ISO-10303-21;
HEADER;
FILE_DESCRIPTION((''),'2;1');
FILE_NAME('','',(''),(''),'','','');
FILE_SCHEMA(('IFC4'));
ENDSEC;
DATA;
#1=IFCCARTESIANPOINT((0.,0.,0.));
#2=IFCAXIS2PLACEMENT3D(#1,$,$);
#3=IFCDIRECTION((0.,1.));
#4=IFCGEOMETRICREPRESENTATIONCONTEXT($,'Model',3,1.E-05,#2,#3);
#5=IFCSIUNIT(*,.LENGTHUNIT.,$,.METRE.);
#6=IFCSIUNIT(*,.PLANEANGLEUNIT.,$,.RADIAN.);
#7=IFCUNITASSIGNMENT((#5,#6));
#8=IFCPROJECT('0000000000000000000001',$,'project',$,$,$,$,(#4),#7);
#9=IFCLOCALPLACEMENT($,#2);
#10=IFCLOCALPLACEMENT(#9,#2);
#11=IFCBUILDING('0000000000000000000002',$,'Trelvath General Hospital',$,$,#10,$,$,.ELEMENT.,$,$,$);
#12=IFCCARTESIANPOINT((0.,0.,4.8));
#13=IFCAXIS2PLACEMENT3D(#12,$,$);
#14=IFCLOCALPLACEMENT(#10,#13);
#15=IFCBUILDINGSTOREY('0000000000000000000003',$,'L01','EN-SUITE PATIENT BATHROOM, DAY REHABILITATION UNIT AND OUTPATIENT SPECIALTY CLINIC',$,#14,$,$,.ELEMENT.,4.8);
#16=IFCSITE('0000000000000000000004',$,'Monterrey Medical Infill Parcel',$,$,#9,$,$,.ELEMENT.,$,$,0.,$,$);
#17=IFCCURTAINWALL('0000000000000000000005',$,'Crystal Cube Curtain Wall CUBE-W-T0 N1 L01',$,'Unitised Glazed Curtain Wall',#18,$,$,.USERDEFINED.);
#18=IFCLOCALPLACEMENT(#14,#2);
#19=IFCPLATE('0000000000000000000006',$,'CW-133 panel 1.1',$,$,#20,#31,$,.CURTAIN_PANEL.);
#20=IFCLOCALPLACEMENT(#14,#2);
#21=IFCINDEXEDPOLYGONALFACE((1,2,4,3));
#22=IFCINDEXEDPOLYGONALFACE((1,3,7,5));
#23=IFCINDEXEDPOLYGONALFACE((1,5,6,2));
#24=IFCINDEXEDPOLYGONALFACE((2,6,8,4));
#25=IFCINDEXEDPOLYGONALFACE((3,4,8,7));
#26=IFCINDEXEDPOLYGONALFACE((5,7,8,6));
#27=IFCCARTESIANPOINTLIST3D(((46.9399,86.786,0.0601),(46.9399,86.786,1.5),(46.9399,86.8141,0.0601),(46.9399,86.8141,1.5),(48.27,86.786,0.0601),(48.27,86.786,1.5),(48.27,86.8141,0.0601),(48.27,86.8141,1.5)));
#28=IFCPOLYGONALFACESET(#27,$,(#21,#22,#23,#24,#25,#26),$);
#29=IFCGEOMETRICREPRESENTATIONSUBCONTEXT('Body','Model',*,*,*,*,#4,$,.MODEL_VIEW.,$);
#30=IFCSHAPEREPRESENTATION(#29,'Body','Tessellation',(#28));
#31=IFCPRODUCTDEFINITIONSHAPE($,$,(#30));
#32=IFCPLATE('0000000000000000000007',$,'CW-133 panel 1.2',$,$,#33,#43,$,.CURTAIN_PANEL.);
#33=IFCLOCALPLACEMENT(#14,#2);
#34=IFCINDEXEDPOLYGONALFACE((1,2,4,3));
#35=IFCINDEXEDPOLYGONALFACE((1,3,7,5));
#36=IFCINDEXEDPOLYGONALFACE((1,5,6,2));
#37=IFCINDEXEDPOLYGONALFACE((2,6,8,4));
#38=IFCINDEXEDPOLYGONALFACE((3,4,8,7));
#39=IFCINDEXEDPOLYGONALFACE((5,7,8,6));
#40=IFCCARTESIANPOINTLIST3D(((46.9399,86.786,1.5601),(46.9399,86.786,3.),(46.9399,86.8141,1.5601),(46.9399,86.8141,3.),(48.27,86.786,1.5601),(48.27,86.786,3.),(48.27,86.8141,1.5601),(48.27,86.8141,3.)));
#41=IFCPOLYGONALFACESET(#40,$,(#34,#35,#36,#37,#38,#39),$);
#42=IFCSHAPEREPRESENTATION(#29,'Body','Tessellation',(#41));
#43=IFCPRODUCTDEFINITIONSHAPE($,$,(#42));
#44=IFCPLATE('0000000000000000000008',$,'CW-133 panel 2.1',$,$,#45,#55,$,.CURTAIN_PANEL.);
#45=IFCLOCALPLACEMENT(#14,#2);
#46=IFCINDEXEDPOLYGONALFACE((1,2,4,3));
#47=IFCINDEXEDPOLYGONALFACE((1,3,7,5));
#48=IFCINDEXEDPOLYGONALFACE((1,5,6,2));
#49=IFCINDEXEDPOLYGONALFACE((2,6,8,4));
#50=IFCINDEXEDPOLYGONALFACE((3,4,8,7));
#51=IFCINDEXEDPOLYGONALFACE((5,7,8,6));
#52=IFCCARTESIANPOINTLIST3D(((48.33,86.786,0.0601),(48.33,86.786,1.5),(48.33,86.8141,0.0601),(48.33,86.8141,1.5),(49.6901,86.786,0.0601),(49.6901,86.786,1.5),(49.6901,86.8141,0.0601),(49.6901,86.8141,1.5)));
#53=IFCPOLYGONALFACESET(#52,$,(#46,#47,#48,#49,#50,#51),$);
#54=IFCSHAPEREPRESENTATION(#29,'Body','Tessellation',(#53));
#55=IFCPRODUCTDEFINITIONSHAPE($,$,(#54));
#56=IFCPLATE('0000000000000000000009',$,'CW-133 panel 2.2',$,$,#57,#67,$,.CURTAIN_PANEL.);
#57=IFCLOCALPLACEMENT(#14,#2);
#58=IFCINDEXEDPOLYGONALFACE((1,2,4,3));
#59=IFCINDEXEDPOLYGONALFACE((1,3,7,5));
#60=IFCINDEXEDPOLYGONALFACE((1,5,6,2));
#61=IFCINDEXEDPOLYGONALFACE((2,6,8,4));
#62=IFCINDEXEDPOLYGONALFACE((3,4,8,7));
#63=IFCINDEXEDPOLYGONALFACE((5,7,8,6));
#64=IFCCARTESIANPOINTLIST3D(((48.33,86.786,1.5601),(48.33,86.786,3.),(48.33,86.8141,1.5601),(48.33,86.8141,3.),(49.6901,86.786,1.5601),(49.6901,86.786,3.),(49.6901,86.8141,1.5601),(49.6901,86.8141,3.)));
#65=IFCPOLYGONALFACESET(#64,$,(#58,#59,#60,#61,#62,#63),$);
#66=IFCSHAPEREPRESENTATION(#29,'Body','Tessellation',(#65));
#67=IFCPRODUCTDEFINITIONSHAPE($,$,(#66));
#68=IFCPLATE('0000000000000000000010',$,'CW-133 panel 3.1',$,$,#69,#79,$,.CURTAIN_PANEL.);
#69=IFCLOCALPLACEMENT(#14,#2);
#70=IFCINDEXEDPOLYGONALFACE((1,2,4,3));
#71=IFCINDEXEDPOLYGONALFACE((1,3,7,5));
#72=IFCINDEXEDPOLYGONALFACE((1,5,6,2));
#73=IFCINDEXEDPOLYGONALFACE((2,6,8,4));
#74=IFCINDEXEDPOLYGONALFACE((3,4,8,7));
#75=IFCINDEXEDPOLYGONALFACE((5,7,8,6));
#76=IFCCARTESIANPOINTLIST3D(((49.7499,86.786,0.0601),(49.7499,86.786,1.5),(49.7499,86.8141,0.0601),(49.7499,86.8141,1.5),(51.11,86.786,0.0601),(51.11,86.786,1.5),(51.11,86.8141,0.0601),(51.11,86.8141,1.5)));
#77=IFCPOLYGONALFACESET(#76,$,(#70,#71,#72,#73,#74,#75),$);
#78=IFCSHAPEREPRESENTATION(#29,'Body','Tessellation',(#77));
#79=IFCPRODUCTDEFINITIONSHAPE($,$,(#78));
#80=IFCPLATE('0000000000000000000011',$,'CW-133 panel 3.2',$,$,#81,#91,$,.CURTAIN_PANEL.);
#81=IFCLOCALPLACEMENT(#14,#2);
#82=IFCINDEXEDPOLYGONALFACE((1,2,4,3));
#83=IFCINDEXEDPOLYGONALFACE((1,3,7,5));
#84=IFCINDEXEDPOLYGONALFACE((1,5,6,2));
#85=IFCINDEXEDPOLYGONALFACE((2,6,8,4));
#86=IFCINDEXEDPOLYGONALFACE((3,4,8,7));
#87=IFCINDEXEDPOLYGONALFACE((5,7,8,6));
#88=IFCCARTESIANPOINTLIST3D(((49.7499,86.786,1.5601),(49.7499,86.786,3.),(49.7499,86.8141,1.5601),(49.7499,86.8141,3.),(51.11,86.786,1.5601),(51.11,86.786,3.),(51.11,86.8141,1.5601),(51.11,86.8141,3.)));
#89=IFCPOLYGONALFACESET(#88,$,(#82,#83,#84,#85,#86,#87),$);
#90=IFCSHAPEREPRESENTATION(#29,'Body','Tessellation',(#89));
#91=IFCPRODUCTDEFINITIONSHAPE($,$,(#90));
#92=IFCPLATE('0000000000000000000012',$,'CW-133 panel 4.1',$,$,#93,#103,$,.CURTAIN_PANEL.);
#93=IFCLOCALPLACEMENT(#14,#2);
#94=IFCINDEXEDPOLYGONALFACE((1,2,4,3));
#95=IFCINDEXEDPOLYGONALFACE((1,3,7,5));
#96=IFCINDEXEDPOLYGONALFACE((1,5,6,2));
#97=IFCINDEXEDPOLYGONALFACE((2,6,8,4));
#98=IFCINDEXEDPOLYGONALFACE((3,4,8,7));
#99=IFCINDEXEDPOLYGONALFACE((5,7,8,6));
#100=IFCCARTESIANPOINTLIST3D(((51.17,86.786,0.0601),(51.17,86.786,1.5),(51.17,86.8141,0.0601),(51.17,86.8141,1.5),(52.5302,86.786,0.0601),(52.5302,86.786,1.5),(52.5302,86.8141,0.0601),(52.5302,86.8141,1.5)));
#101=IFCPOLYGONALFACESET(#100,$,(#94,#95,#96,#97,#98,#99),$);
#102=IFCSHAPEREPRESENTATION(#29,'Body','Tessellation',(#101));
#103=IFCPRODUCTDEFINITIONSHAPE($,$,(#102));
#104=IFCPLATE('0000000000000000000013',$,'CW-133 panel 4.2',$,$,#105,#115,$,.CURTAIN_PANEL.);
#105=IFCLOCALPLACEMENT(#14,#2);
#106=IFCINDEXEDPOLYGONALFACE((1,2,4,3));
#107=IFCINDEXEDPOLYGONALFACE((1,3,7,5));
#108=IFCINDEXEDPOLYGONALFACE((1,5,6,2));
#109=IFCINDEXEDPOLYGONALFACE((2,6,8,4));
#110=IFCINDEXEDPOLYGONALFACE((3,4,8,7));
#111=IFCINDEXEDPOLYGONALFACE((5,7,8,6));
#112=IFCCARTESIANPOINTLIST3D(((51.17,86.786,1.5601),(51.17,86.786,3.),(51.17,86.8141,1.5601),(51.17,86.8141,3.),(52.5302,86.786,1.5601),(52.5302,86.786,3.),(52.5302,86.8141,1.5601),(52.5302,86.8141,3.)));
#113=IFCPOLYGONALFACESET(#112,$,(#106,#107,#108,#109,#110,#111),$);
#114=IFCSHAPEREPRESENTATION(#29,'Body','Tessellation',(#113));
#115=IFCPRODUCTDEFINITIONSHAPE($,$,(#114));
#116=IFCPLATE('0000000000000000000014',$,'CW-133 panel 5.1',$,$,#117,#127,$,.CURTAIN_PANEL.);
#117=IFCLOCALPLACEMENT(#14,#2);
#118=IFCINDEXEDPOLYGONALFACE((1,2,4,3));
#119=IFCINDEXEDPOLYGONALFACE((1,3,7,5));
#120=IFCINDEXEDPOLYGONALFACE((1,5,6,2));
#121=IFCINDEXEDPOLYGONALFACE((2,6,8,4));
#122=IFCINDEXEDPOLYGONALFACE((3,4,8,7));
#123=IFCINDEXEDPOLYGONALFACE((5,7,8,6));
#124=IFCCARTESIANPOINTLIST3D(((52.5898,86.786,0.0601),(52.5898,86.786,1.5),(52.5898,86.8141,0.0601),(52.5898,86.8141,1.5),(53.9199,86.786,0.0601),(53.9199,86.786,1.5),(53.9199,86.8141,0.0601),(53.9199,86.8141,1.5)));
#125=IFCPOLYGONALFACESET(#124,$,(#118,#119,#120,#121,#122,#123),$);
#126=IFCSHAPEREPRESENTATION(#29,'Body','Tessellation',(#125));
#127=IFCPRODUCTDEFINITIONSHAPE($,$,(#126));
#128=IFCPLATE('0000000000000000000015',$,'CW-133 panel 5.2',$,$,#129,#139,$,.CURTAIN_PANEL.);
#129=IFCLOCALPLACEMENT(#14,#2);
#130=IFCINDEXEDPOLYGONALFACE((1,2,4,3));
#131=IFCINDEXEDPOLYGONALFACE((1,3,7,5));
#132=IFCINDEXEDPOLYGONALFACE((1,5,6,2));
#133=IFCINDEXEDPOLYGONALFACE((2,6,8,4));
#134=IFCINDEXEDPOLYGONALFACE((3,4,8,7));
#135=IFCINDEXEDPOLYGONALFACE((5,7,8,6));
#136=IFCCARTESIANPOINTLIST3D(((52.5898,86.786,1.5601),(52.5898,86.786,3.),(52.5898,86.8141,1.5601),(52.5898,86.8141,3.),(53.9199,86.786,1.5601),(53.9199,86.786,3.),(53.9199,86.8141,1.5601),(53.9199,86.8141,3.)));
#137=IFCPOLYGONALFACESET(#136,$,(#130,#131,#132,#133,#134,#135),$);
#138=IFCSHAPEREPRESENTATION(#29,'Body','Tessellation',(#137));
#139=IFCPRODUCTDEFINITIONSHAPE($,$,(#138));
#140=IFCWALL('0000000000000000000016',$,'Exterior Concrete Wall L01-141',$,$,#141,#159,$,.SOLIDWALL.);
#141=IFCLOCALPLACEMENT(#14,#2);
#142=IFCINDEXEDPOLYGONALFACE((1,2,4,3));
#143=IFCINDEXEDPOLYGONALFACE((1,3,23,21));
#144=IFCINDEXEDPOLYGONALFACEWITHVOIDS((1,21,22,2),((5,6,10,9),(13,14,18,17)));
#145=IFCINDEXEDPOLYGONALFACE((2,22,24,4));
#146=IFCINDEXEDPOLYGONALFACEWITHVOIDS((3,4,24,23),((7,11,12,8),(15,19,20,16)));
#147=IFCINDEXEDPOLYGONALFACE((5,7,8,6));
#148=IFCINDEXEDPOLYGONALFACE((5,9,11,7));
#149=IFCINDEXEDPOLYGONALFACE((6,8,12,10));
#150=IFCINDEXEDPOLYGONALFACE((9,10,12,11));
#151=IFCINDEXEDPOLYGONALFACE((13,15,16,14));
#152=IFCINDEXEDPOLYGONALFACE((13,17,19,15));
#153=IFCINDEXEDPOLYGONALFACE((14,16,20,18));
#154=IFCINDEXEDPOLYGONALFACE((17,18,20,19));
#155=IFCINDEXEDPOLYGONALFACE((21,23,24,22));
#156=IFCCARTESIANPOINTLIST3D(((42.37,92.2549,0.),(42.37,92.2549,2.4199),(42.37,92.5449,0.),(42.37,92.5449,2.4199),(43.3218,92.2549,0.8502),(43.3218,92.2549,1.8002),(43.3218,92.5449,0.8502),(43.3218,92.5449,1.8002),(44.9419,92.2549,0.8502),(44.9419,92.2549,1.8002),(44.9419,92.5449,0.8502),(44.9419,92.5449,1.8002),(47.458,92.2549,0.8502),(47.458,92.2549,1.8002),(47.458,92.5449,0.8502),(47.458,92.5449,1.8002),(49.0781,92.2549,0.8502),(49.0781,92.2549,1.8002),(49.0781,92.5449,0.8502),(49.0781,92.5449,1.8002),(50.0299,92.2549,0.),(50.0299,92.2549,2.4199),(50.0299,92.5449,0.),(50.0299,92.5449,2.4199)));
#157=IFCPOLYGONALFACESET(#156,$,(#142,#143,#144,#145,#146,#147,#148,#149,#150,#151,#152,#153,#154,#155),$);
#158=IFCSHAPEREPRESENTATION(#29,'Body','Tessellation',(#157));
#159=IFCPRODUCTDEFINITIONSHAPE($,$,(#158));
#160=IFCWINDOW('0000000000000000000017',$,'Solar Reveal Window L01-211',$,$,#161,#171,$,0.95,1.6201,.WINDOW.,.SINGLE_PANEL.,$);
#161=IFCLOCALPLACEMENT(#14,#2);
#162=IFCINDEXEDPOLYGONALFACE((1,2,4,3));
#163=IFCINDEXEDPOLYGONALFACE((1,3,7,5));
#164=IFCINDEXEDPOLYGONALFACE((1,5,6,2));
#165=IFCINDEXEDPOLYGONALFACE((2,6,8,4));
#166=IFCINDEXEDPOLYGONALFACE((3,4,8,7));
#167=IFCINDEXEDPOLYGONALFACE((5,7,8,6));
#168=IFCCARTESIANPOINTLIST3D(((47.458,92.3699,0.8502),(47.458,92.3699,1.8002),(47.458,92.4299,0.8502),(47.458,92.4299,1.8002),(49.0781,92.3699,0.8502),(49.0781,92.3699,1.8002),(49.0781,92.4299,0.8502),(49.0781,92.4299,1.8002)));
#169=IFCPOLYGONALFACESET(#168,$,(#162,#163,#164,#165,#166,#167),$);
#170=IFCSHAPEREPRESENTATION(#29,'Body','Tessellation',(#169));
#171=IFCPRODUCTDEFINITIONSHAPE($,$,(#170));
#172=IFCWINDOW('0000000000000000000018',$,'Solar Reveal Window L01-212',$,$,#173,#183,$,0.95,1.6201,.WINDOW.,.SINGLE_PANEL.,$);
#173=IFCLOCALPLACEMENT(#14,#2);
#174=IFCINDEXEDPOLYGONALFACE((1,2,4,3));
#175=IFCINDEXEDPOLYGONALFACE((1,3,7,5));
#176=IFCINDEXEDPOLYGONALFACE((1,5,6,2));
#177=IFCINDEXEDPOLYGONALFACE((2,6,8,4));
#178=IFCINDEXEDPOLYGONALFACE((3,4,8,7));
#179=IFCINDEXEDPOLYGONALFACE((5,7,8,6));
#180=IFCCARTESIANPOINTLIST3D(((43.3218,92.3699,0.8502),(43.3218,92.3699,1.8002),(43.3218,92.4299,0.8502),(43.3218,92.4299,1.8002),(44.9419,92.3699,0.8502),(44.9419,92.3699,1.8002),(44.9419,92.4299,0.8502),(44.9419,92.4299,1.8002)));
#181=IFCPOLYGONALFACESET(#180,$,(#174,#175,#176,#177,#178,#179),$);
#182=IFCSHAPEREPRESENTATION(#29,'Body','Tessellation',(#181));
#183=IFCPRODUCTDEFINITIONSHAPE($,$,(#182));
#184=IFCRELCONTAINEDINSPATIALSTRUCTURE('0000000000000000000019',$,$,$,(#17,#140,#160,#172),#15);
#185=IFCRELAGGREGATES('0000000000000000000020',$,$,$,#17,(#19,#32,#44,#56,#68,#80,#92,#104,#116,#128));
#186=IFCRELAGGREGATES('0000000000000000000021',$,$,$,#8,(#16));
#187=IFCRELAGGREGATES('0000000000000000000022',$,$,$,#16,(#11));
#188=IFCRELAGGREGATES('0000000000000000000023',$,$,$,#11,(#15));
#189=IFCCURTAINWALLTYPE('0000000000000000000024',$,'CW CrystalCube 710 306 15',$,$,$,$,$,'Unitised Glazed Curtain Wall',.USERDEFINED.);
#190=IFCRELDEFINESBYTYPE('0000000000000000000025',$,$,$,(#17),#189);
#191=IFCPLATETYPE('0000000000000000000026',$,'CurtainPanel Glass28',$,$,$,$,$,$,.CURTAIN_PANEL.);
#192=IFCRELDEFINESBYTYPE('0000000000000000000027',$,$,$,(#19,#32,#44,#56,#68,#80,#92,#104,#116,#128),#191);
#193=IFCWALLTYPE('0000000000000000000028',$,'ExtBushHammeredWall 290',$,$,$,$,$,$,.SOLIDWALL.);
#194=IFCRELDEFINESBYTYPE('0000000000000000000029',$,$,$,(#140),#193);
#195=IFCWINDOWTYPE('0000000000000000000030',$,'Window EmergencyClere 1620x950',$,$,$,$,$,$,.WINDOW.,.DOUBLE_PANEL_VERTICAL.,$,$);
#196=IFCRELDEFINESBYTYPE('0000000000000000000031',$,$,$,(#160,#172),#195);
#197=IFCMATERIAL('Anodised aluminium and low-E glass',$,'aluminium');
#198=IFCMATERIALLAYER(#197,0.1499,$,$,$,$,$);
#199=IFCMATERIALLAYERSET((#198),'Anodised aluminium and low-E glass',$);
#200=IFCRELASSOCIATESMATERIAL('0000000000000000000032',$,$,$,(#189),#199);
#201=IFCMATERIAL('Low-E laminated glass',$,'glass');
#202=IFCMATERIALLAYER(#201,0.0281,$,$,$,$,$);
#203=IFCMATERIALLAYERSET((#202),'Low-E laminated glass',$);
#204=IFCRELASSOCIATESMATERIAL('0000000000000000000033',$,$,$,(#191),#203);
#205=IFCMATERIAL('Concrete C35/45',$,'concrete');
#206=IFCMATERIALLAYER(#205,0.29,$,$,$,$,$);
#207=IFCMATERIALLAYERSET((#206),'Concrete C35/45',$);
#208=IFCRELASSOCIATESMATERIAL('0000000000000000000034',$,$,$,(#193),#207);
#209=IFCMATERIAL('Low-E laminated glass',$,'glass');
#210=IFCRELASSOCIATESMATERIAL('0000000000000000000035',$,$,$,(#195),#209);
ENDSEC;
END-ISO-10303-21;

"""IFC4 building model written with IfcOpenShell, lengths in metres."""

from ifc_helpers import new_model, si_unit, direction, frame, frame_2d, origin, origin_2d, place, context, subcontext, project, spatial, rectangle, extrude, material, layer, layer_set, type_object, element, fill, aggregate, save


model = new_model("IFC4")

# Units and contexts
model_context = context("Model", 3, precision=1e-05, world=origin(), true_north=direction((0.0, 1.0)))
body_context = subcontext(model_context, "Body", "Model", "MODEL_VIEW")
ifc_project = project(units=[si_unit("LENGTHUNIT", "METRE"), si_unit("PLANEANGLEUNIT", "RADIAN")], contexts=[model_context])

# Site, building, storey
site_placement = place(None, origin())
site = spatial("IfcSite", under=ifc_project, at=site_placement, Name="Monterrey Medical Infill Parcel", CompositionType="ELEMENT", RefElevation=0.0)
building_placement = place(site_placement, origin())
building = spatial("IfcBuilding", under=site, at=building_placement, Name="Trelvath General Hospital", CompositionType="ELEMENT")
storey_placement = place(building_placement, frame((0.0, 0.0, 4.8)))
storey = spatial("IfcBuildingStorey", under=building, at=storey_placement, Name="L01", Description="EN-SUITE PATIENT BATHROOM, DAY REHABILITATION UNIT AND OUTPATIENT SPECIALTY CLINIC", CompositionType="ELEMENT", Elevation=4.8)

# Curtain wall
ifc_material_1 = material(Name="Anodised aluminium and low-E glass", Category="aluminium")
ifc_layer_1 = layer(ifc_material_1, 0.1499)
ifc_layer_set_1 = layer_set([ifc_layer_1], Name="Anodised aluminium and low-E glass")
curtain_wall_type_1 = type_object("IfcCurtainWallType", Name="CW CrystalCube 710 306 15", ElementType="Unitised Glazed Curtain Wall", PredefinedType="USERDEFINED", material=ifc_layer_set_1)
curtain_wall_1_placement = place(storey_placement, origin())
curtain_wall_1 = element("IfcCurtainWall", 1, at=curtain_wall_1_placement, inside=storey, type_object=curtain_wall_type_1, Name="Crystal Cube Curtain Wall CUBE-W-T0 N1 L01", ObjectType="Unitised Glazed Curtain Wall", PredefinedType="USERDEFINED")

# Plates
ifc_material_2 = material(Name="Low-E laminated glass", Category="glass")
ifc_layer_2 = layer(ifc_material_2, 0.0281)
ifc_layer_set_2 = layer_set([ifc_layer_2], Name="Low-E laminated glass")
plate_type = type_object("IfcPlateType", Name="CurtainPanel Glass28", PredefinedType="CURTAIN_PANEL", material=ifc_layer_set_2)
plate_1_placement = place(storey_placement, frame((47.605, 86.8, 0.0601), z_axis=(0.0, 0.0, 1.0), x_axis=(1.0, 0.0, 0.0)))
plate_1 = element("IfcPlate", 2, at=plate_1_placement, type_object=plate_type, Name="CW-133 panel 1.1", PredefinedType="CURTAIN_PANEL", context=body_context, shape_type="SweptSolid", body=[
    extrude(rectangle(XDim=1.3301, YDim=0.0281, at=origin_2d()), origin(), (0.0, 0.0, 1.0), 1.4399),
])
plate_2_placement = place(storey_placement, frame((47.605, 86.8, 1.5601), z_axis=(0.0, 0.0, 1.0), x_axis=(1.0, 0.0, 0.0)))
plate_2 = element("IfcPlate", 3, at=plate_2_placement, type_object=plate_type, Name="CW-133 panel 1.2", PredefinedType="CURTAIN_PANEL", context=body_context, shape_type="SweptSolid", body=[
    extrude(rectangle(XDim=1.3301, YDim=0.0281, at=origin_2d()), origin(), (0.0, 0.0, 1.0), 1.4399),
])
plate_3_placement = place(storey_placement, frame((49.01, 86.8, 0.0601), z_axis=(0.0, 0.0, 1.0), x_axis=(1.0, 0.0, 0.0)))
plate_3 = element("IfcPlate", 4, at=plate_3_placement, type_object=plate_type, Name="CW-133 panel 2.1", PredefinedType="CURTAIN_PANEL", context=body_context, shape_type="SweptSolid", body=[
    extrude(rectangle(XDim=1.3601, YDim=0.0281, at=origin_2d()), origin(), (0.0, 0.0, 1.0), 1.4399),
])
plate_4_placement = place(storey_placement, frame((49.01, 86.8, 1.5601), z_axis=(0.0, 0.0, 1.0), x_axis=(1.0, 0.0, 0.0)))
plate_4 = element("IfcPlate", 5, at=plate_4_placement, type_object=plate_type, Name="CW-133 panel 2.2", PredefinedType="CURTAIN_PANEL", context=body_context, shape_type="SweptSolid", body=[
    extrude(rectangle(XDim=1.3601, YDim=0.0281, at=origin_2d()), origin(), (0.0, 0.0, 1.0), 1.4399),
])
plate_5_placement = place(storey_placement, frame((50.4299, 86.8, 0.0601), z_axis=(0.0, 0.0, 1.0), x_axis=(1.0, 0.0, 0.0)))
plate_5 = element("IfcPlate", 6, at=plate_5_placement, type_object=plate_type, Name="CW-133 panel 3.1", PredefinedType="CURTAIN_PANEL", context=body_context, shape_type="SweptSolid", body=[
    extrude(rectangle(XDim=1.3601, YDim=0.0281, at=origin_2d()), origin(), (0.0, 0.0, 1.0), 1.4399),
])
plate_6_placement = place(storey_placement, frame((50.4299, 86.8, 1.5601), z_axis=(0.0, 0.0, 1.0), x_axis=(1.0, 0.0, 0.0)))
plate_6 = element("IfcPlate", 7, at=plate_6_placement, type_object=plate_type, Name="CW-133 panel 3.2", PredefinedType="CURTAIN_PANEL", context=body_context, shape_type="SweptSolid", body=[
    extrude(rectangle(XDim=1.3601, YDim=0.0281, at=origin_2d()), origin(), (0.0, 0.0, 1.0), 1.4399),
])
plate_7_placement = place(storey_placement, frame((51.8501, 86.8, 0.0601), z_axis=(0.0, 0.0, 1.0), x_axis=(1.0, 0.0, 0.0)))
plate_7 = element("IfcPlate", 8, at=plate_7_placement, type_object=plate_type, Name="CW-133 panel 4.1", PredefinedType="CURTAIN_PANEL", context=body_context, shape_type="SweptSolid", body=[
    extrude(rectangle(XDim=1.3601, YDim=0.0281, at=origin_2d()), origin(), (0.0, 0.0, 1.0), 1.4399),
])
plate_8_placement = place(storey_placement, frame((51.8501, 86.8, 1.5601), z_axis=(0.0, 0.0, 1.0), x_axis=(1.0, 0.0, 0.0)))
plate_8 = element("IfcPlate", 9, at=plate_8_placement, type_object=plate_type, Name="CW-133 panel 4.2", PredefinedType="CURTAIN_PANEL", context=body_context, shape_type="SweptSolid", body=[
    extrude(rectangle(XDim=1.3601, YDim=0.0281, at=origin_2d()), origin(), (0.0, 0.0, 1.0), 1.4399),
])
plate_9_placement = place(storey_placement, frame((53.2549, 86.8, 0.0601), z_axis=(0.0, 0.0, 1.0), x_axis=(1.0, 0.0, 0.0)))
plate_9 = element("IfcPlate", 10, at=plate_9_placement, type_object=plate_type, Name="CW-133 panel 5.1", PredefinedType="CURTAIN_PANEL", context=body_context, shape_type="SweptSolid", body=[
    extrude(rectangle(XDim=1.3301, YDim=0.0281, at=origin_2d()), origin(), (0.0, 0.0, 1.0), 1.4399),
])
plate_10_placement = place(storey_placement, frame((53.2549, 86.8, 1.5601), z_axis=(0.0, 0.0, 1.0), x_axis=(1.0, 0.0, 0.0)))
plate_10 = element("IfcPlate", 11, at=plate_10_placement, type_object=plate_type, Name="CW-133 panel 5.2", PredefinedType="CURTAIN_PANEL", context=body_context, shape_type="SweptSolid", body=[
    extrude(rectangle(XDim=1.3301, YDim=0.0281, at=origin_2d()), origin(), (0.0, 0.0, 1.0), 1.4399),
])
aggregate(curtain_wall_1, [plate_1, plate_2, plate_3, plate_4, plate_5, plate_6, plate_7, plate_8, plate_9, plate_10])

# Wall, openings, windows
ifc_material_3 = material(Name="Concrete C35/45", Category="concrete")
ifc_layer_3 = layer(ifc_material_3, 0.29)
ifc_layer_set_3 = layer_set([ifc_layer_3], Name="Concrete C35/45")
wall_type = type_object("IfcWallType", Name="ExtBushHammeredWall 290", PredefinedType="SOLIDWALL", material=ifc_layer_set_3)
wall_placement = place(storey_placement, frame((50.03, 92.3999, 0.0), z_axis=(0.0, 0.0, 1.0), x_axis=(-1.0, 0.0, 0.0)))
wall = element("IfcWall", 12, at=wall_placement, inside=storey, type_object=wall_type, Name="Exterior Concrete Wall L01-141", PredefinedType="SOLIDWALL", context=body_context, shape_type="SweptSolid", body=[
    extrude(rectangle(XDim=7.6599, YDim=0.29, at=frame_2d((3.8301, 0.0))), origin(), (0.0, 0.0, 1.0), 2.4199),
])
opening_1_placement = place(wall_placement, frame((0.9519, 0.0, 0.8501)))
opening_1 = element("IfcOpeningElement", 13, at=opening_1_placement, cuts=wall, PredefinedType="OPENING", context=body_context, shape_type="SweptSolid", body=[
    extrude(rectangle(XDim=1.6201, YDim=0.95, at=frame_2d((0.8101, 0.4751))), frame((0.0, 0.155, 0.0), z_axis=(0.0, -1.0, 0.0), x_axis=(1.0, 0.0, 0.0)), (0.0, 0.0, 1.0), 0.3101),
])
opening_2_placement = place(wall_placement, frame((5.0881, 0.0, 0.8501)))
opening_2 = element("IfcOpeningElement", 14, at=opening_2_placement, cuts=wall, PredefinedType="OPENING", context=body_context, shape_type="SweptSolid", body=[
    extrude(rectangle(XDim=1.6201, YDim=0.95, at=frame_2d((0.8101, 0.4751))), frame((0.0, 0.155, 0.0), z_axis=(0.0, -1.0, 0.0), x_axis=(1.0, 0.0, 0.0)), (0.0, 0.0, 1.0), 0.3101),
])
ifc_material_4 = material(Name="Low-E laminated glass", Category="glass")
window_type = type_object("IfcWindowType", Name="Window EmergencyClere 1620x950", PartitioningType="DOUBLE_PANEL_VERTICAL", PredefinedType="WINDOW", material=ifc_material_4)
window_1_placement = place(opening_1_placement, origin())
window_1 = element("IfcWindow", 15, at=window_1_placement, inside=storey, type_object=window_type, Name="Solar Reveal Window L01-211", OverallHeight=0.95, OverallWidth=1.6201, PartitioningType="SINGLE_PANEL", PredefinedType="WINDOW", context=body_context, shape_type="SweptSolid", body=[
    extrude(rectangle(XDim=1.6201, YDim=0.95, at=frame_2d((0.8101, 0.4751))), frame((0.0, 0.03, 0.0), z_axis=(0.0, -1.0, 0.0), x_axis=(1.0, 0.0, 0.0)), (0.0, 0.0, 1.0), 0.0601),
])
fill(opening_1, window_1)
window_2_placement = place(opening_2_placement, origin())
window_2 = element("IfcWindow", 16, at=window_2_placement, inside=storey, type_object=window_type, Name="Solar Reveal Window L01-212", OverallHeight=0.95, OverallWidth=1.6201, PartitioningType="SINGLE_PANEL", PredefinedType="WINDOW", context=body_context, shape_type="SweptSolid", body=[
    extrude(rectangle(XDim=1.6201, YDim=0.95, at=frame_2d((0.8101, 0.4751))), frame((0.0, 0.03, 0.0), z_axis=(0.0, -1.0, 0.0), x_axis=(1.0, 0.0, 0.0)), (0.0, 0.0, 1.0), 0.0601),
])
fill(opening_2, window_2)

save(model, "model.ifc")
